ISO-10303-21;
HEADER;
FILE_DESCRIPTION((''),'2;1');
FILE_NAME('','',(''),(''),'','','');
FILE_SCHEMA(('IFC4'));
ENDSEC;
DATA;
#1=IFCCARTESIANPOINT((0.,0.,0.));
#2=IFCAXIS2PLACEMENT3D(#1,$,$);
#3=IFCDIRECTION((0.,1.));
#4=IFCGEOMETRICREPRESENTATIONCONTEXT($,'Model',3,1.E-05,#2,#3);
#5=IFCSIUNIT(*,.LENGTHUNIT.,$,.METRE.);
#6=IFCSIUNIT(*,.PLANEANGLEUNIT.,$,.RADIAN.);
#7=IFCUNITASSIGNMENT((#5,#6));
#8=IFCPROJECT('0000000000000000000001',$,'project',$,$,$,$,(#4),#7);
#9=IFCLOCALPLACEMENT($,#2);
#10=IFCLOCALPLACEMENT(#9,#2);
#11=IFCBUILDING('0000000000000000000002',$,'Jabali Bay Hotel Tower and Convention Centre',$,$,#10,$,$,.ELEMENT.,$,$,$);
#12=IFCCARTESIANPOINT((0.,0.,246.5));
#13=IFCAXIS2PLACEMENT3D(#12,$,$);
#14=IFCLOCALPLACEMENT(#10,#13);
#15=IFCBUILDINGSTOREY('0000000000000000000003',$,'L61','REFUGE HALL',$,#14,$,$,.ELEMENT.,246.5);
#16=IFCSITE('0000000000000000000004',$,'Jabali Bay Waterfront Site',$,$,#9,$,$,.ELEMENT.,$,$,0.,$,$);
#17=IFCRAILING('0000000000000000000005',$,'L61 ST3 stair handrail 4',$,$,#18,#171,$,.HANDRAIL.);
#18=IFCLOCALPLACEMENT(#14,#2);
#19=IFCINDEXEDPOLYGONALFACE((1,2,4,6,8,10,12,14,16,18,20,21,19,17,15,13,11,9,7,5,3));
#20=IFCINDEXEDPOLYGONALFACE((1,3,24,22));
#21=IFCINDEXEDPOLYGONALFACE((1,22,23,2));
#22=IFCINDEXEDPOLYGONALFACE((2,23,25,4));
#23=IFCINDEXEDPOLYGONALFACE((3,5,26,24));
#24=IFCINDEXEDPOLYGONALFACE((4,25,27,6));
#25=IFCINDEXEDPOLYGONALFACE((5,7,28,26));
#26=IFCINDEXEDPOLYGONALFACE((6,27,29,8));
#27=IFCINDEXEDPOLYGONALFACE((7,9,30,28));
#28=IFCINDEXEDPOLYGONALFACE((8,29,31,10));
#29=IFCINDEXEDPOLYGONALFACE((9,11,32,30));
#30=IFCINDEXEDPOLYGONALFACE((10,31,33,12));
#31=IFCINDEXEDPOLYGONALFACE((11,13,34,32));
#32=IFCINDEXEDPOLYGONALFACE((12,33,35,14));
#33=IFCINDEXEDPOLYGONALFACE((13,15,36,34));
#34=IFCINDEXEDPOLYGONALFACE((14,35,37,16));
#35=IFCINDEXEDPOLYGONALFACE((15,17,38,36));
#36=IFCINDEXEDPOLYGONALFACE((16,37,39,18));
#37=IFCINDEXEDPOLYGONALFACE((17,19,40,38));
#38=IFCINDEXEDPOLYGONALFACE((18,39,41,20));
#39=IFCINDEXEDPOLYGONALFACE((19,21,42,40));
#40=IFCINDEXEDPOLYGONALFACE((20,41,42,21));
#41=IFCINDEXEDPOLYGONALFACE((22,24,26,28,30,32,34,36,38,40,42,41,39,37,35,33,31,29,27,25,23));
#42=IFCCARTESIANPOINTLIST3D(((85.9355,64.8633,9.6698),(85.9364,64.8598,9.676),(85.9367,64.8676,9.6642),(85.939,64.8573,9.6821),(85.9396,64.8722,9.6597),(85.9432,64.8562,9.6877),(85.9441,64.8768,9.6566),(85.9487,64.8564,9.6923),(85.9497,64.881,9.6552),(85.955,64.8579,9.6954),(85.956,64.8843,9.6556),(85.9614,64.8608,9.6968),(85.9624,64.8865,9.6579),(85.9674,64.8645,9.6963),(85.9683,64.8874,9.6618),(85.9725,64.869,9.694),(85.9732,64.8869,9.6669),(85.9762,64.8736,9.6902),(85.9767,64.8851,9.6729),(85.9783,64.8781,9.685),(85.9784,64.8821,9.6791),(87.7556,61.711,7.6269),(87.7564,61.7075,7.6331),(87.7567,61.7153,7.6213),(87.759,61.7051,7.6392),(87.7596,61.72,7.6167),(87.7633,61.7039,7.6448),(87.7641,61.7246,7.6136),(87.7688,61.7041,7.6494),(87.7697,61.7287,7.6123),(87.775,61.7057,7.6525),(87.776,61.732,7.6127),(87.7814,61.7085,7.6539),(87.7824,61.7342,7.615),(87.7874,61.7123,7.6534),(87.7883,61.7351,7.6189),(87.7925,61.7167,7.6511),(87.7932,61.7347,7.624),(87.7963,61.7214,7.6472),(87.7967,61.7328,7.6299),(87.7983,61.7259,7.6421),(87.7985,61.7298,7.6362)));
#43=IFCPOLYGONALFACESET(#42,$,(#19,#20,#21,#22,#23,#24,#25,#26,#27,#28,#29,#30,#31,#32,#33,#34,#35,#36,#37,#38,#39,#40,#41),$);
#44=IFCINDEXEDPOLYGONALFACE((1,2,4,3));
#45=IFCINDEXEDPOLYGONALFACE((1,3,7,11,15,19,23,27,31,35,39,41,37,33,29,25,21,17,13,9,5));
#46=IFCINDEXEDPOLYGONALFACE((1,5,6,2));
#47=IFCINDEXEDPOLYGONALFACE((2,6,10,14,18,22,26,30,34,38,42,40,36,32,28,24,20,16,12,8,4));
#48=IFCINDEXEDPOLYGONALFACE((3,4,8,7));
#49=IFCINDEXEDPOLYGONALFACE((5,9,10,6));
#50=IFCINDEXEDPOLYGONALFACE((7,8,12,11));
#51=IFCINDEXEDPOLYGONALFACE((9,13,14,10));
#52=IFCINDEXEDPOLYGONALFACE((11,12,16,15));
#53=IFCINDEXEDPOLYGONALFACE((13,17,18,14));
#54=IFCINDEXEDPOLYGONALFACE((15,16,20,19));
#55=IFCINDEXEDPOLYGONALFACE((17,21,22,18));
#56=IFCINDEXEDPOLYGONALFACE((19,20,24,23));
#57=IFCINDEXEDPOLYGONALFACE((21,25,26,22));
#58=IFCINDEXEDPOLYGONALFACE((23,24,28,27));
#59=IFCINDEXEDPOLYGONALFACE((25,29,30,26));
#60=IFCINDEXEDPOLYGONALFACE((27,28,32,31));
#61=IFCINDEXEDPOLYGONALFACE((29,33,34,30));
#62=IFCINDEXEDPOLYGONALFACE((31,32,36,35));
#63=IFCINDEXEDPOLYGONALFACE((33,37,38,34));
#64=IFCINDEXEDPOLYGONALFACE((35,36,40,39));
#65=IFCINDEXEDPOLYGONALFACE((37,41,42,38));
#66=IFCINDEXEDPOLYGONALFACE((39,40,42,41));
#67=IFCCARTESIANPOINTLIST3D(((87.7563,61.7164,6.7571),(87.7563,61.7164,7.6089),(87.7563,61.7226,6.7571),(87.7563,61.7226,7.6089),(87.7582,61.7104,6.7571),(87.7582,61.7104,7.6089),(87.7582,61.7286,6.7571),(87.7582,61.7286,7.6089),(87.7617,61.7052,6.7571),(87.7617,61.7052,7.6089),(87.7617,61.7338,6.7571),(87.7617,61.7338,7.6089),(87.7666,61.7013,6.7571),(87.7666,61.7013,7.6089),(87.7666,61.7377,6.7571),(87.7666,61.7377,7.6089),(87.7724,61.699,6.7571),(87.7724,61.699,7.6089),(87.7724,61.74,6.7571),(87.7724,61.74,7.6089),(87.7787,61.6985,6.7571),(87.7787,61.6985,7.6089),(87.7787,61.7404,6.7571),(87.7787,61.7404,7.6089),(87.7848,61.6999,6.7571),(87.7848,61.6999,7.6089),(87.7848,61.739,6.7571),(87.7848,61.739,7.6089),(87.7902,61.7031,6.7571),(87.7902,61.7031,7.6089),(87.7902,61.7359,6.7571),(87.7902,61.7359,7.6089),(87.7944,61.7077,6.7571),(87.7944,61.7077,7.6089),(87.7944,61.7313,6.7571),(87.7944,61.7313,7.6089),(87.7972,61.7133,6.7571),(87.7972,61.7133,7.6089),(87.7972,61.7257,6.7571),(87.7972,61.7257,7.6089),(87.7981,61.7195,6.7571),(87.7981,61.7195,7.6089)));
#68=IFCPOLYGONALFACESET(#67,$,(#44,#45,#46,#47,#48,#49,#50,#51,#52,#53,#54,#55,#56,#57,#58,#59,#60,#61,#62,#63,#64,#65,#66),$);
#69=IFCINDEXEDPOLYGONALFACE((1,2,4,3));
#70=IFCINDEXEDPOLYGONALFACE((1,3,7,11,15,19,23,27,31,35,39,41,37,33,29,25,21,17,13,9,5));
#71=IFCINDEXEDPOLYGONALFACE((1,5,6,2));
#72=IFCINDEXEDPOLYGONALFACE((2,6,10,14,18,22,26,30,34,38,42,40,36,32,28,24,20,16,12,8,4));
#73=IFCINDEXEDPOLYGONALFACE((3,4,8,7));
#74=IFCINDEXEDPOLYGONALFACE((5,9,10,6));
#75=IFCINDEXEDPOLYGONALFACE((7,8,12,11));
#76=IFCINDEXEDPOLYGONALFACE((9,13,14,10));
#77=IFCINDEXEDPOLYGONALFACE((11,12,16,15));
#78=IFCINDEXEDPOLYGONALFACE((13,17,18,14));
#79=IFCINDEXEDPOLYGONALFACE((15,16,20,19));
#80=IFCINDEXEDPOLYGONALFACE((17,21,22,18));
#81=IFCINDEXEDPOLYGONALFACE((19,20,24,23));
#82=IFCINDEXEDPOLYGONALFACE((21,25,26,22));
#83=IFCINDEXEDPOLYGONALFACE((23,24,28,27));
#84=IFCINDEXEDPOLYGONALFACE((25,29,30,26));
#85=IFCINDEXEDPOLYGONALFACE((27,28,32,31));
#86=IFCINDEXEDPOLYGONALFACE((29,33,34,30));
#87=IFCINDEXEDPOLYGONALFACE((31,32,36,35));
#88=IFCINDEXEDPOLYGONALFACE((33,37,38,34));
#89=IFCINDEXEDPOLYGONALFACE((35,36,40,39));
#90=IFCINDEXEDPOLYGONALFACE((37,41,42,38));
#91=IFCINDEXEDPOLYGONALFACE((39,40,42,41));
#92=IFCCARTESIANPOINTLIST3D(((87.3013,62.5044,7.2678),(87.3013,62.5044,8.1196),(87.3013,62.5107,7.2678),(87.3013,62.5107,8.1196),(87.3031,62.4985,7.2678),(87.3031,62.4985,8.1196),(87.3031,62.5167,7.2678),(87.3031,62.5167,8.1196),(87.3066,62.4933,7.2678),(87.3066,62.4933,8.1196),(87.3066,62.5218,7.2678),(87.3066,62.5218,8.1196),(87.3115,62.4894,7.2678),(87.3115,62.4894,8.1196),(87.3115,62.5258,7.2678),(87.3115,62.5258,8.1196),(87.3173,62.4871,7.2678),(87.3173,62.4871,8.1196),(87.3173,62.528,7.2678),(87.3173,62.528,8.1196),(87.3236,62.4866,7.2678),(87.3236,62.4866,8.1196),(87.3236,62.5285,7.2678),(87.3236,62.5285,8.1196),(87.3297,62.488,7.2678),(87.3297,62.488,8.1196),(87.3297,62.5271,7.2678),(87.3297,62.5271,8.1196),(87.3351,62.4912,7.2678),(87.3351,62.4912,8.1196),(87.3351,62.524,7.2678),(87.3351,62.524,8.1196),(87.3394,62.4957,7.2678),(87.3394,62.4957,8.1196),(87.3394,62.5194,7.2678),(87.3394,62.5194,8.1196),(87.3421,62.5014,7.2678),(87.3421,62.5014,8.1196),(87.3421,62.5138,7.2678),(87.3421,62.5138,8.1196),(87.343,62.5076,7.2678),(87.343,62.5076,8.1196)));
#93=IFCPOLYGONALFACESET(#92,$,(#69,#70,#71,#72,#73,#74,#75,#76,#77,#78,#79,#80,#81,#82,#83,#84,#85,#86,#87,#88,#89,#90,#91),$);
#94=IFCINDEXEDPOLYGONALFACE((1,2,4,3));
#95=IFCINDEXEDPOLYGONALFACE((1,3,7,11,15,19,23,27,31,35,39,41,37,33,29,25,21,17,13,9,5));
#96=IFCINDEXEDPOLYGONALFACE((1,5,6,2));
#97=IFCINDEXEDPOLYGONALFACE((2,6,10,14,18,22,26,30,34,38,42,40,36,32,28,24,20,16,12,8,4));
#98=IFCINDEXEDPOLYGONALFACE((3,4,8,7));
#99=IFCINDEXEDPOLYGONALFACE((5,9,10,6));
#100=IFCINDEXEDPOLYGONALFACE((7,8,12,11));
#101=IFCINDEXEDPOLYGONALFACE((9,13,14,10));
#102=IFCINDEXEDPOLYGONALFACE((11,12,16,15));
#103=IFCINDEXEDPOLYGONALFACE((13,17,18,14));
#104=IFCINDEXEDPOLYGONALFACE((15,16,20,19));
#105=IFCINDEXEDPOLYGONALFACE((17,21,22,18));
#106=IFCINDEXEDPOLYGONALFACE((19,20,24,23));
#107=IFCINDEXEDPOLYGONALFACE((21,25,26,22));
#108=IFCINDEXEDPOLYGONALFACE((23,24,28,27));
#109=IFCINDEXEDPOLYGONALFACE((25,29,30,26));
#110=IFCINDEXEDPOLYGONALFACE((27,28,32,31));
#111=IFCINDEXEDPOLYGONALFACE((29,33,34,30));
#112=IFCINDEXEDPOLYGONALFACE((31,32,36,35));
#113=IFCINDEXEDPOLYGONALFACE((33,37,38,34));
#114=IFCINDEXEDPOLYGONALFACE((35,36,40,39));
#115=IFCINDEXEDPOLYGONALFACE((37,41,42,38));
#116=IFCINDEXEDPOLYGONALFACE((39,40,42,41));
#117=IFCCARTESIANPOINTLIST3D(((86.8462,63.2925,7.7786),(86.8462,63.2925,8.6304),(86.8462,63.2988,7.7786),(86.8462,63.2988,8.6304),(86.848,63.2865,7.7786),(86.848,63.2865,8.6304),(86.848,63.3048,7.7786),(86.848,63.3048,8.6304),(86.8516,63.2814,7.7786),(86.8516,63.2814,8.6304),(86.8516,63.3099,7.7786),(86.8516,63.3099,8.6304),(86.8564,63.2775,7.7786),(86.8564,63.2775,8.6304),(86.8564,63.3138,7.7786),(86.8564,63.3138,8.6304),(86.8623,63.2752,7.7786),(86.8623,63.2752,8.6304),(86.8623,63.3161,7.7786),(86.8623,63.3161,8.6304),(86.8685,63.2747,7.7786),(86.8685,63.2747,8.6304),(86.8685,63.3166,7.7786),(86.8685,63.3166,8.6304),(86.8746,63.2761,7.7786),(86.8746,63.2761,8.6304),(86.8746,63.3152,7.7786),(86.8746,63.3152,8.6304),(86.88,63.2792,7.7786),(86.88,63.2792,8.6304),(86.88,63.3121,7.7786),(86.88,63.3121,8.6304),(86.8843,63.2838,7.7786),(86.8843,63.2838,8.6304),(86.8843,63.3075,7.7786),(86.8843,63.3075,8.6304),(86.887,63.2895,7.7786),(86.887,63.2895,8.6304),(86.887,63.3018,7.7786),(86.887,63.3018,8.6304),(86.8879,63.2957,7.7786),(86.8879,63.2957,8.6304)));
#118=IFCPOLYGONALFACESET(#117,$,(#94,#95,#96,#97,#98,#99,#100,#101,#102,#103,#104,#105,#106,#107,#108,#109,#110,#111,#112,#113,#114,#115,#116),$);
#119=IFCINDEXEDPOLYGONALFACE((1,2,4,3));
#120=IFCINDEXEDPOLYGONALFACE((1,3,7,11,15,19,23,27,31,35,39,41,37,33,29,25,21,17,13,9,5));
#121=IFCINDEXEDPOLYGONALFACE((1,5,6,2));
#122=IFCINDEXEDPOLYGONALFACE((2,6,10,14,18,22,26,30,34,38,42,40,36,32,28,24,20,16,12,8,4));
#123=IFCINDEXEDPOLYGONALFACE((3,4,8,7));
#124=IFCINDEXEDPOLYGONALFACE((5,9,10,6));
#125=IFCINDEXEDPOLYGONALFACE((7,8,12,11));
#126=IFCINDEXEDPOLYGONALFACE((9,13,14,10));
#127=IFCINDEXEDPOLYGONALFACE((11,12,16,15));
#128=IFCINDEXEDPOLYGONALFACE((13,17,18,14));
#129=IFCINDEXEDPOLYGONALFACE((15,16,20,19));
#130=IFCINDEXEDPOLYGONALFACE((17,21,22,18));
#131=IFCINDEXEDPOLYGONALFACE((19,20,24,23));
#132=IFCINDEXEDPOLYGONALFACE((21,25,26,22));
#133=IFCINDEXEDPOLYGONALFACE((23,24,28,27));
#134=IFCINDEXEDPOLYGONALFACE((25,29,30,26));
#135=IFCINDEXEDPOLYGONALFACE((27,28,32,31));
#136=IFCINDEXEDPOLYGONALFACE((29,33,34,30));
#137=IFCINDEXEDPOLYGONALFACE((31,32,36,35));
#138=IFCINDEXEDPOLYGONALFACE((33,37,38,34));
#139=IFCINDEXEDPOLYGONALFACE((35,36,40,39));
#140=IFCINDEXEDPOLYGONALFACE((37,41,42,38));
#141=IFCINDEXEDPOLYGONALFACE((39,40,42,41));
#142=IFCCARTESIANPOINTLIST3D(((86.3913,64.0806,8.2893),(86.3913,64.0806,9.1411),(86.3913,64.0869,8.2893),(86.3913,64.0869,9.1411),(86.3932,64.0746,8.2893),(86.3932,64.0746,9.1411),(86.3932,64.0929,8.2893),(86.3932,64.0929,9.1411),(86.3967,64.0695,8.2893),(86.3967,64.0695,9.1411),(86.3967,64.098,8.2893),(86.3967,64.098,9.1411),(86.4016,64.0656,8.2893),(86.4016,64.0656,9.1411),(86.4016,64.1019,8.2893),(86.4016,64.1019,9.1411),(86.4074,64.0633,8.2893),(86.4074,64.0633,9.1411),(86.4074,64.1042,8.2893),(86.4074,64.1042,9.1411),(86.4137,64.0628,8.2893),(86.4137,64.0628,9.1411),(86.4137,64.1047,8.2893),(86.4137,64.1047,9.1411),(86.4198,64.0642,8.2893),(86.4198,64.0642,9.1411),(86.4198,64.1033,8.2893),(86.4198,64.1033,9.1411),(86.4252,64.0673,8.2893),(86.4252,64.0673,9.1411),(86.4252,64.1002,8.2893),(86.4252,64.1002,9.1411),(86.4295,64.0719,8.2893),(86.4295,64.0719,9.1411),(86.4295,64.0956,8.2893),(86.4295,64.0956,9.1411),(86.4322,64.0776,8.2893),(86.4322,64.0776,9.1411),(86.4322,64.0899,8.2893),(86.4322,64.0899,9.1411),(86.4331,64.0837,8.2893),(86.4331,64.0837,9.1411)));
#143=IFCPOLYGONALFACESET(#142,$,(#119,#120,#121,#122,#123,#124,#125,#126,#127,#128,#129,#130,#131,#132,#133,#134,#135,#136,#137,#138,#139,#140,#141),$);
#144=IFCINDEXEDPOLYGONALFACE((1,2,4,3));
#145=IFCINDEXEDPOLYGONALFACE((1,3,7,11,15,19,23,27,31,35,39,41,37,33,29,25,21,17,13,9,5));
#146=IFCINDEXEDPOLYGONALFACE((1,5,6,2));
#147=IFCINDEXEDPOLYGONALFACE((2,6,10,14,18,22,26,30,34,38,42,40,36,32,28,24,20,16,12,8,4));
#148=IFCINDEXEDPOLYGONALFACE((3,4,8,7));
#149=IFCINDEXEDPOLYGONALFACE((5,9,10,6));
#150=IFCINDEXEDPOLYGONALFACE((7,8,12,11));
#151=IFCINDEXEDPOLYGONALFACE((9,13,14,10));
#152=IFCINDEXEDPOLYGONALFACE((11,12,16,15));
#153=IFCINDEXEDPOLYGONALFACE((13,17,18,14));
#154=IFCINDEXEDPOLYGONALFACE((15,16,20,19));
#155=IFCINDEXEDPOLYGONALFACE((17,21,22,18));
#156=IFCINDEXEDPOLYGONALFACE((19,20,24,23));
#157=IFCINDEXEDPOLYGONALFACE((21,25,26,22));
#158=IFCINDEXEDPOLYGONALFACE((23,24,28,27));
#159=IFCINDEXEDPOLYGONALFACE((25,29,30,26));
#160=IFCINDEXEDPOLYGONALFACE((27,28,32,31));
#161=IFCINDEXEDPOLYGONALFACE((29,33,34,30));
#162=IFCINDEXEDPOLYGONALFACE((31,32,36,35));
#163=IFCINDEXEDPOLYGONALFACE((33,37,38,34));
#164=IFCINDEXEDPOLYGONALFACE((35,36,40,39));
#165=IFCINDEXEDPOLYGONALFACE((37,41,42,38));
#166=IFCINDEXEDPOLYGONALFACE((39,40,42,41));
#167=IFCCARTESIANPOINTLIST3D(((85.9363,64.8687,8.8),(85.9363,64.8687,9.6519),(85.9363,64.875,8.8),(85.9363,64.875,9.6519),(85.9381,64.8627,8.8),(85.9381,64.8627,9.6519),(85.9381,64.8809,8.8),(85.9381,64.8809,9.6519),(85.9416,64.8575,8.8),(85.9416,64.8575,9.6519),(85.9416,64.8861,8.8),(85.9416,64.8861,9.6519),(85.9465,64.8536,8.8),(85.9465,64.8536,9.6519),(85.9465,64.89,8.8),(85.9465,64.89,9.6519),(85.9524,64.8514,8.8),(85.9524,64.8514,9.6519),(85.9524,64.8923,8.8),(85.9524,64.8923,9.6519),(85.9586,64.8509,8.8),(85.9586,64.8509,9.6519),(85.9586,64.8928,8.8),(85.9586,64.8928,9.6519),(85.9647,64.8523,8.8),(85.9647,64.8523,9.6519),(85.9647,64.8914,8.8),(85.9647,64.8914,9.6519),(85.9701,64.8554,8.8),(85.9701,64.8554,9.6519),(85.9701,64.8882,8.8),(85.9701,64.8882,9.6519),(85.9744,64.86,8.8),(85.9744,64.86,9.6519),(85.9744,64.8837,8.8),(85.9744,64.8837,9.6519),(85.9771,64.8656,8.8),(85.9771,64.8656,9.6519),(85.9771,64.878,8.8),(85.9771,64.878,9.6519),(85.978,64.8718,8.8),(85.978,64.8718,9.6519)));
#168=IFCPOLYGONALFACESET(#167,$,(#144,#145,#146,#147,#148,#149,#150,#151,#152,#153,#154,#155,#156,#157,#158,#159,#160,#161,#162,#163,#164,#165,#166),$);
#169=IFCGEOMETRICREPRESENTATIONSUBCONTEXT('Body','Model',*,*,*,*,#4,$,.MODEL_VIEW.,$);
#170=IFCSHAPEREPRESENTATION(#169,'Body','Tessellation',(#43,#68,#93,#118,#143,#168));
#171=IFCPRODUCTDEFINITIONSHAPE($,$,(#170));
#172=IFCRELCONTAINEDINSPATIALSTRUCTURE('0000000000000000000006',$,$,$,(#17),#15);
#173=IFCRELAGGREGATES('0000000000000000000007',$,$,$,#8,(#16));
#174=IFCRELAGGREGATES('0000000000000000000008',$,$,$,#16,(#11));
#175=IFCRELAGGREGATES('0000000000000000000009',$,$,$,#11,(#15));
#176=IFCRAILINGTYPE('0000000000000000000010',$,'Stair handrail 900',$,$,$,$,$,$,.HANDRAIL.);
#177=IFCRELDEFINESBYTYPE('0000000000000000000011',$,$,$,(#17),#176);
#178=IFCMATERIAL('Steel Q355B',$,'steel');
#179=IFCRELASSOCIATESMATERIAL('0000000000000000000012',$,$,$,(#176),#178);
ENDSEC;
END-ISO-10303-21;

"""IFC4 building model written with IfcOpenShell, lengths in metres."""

from ifc_helpers import new_model, si_unit, direction, frame, origin, origin_2d, place, context, subcontext, project, spatial, circle, extrude, material, type_object, element, save


model = new_model("IFC4")

# Units and contexts
model_context = context("Model", 3, precision=1e-05, world=origin(), true_north=direction((0.0, 1.0)))
body_context = subcontext(model_context, "Body", "Model", "MODEL_VIEW")
ifc_project = project(units=[si_unit("LENGTHUNIT", "METRE"), si_unit("PLANEANGLEUNIT", "RADIAN")], contexts=[model_context])

# Site, building, storey
site_placement = place(None, origin())
site = spatial("IfcSite", under=ifc_project, at=site_placement, Name="Jabali Bay Waterfront Site", CompositionType="ELEMENT", RefElevation=0.0)
building_placement = place(site_placement, origin())
building = spatial("IfcBuilding", under=site, at=building_placement, Name="Jabali Bay Hotel Tower and Convention Centre", CompositionType="ELEMENT")
storey_placement = place(building_placement, frame((0.0, 0.0, 246.5)))
storey = spatial("IfcBuildingStorey", under=building, at=storey_placement, Name="L61", Description="REFUGE HALL", CompositionType="ELEMENT", Elevation=246.5)

# Railing
ifc_material_1 = material(Name="Steel Q355B", Category="steel")
railing_type = type_object("IfcRailingType", Name="Stair handrail 900", PredefinedType="HANDRAIL", material=ifc_material_1)
railing_1_placement = place(storey_placement, frame((87.7771, 61.7195, 6.7571)))
element("IfcRailing", 1, at=railing_1_placement, inside=storey, type_object=railing_type, Name="L61 ST3 stair handrail 4", PredefinedType="HANDRAIL", context=body_context, shape_type="SweptSolid", body=[
    extrude(circle(Radius=0.0239, at=origin_2d()), frame((0.0, 0.0, 0.876), z_axis=(-0.436032, 0.755204, 0.489432), x_axis=(-0.866018, -0.500013, 0.0)), (0.0, 0.0, 1.0), 4.1741),
    extrude(circle(Radius=0.021, at=origin_2d()), origin(), (0.0, 0.0, 1.0), 0.8518),
    extrude(circle(Radius=0.021, at=origin_2d()), frame((-0.4551, 0.7881, 0.5107)), (0.0, 0.0, 1.0), 0.8518),
    extrude(circle(Radius=0.021, at=origin_2d()), frame((-0.9102, 1.5762, 1.0215)), (0.0, 0.0, 1.0), 0.8518),
    extrude(circle(Radius=0.021, at=origin_2d()), frame((-1.365, 2.3643, 1.5322)), (0.0, 0.0, 1.0), 0.8518),
    extrude(circle(Radius=0.021, at=origin_2d()), frame((-1.8201, 3.1523, 2.043)), (0.0, 0.0, 1.0), 0.8518),
])

save(model, "model.ifc")
